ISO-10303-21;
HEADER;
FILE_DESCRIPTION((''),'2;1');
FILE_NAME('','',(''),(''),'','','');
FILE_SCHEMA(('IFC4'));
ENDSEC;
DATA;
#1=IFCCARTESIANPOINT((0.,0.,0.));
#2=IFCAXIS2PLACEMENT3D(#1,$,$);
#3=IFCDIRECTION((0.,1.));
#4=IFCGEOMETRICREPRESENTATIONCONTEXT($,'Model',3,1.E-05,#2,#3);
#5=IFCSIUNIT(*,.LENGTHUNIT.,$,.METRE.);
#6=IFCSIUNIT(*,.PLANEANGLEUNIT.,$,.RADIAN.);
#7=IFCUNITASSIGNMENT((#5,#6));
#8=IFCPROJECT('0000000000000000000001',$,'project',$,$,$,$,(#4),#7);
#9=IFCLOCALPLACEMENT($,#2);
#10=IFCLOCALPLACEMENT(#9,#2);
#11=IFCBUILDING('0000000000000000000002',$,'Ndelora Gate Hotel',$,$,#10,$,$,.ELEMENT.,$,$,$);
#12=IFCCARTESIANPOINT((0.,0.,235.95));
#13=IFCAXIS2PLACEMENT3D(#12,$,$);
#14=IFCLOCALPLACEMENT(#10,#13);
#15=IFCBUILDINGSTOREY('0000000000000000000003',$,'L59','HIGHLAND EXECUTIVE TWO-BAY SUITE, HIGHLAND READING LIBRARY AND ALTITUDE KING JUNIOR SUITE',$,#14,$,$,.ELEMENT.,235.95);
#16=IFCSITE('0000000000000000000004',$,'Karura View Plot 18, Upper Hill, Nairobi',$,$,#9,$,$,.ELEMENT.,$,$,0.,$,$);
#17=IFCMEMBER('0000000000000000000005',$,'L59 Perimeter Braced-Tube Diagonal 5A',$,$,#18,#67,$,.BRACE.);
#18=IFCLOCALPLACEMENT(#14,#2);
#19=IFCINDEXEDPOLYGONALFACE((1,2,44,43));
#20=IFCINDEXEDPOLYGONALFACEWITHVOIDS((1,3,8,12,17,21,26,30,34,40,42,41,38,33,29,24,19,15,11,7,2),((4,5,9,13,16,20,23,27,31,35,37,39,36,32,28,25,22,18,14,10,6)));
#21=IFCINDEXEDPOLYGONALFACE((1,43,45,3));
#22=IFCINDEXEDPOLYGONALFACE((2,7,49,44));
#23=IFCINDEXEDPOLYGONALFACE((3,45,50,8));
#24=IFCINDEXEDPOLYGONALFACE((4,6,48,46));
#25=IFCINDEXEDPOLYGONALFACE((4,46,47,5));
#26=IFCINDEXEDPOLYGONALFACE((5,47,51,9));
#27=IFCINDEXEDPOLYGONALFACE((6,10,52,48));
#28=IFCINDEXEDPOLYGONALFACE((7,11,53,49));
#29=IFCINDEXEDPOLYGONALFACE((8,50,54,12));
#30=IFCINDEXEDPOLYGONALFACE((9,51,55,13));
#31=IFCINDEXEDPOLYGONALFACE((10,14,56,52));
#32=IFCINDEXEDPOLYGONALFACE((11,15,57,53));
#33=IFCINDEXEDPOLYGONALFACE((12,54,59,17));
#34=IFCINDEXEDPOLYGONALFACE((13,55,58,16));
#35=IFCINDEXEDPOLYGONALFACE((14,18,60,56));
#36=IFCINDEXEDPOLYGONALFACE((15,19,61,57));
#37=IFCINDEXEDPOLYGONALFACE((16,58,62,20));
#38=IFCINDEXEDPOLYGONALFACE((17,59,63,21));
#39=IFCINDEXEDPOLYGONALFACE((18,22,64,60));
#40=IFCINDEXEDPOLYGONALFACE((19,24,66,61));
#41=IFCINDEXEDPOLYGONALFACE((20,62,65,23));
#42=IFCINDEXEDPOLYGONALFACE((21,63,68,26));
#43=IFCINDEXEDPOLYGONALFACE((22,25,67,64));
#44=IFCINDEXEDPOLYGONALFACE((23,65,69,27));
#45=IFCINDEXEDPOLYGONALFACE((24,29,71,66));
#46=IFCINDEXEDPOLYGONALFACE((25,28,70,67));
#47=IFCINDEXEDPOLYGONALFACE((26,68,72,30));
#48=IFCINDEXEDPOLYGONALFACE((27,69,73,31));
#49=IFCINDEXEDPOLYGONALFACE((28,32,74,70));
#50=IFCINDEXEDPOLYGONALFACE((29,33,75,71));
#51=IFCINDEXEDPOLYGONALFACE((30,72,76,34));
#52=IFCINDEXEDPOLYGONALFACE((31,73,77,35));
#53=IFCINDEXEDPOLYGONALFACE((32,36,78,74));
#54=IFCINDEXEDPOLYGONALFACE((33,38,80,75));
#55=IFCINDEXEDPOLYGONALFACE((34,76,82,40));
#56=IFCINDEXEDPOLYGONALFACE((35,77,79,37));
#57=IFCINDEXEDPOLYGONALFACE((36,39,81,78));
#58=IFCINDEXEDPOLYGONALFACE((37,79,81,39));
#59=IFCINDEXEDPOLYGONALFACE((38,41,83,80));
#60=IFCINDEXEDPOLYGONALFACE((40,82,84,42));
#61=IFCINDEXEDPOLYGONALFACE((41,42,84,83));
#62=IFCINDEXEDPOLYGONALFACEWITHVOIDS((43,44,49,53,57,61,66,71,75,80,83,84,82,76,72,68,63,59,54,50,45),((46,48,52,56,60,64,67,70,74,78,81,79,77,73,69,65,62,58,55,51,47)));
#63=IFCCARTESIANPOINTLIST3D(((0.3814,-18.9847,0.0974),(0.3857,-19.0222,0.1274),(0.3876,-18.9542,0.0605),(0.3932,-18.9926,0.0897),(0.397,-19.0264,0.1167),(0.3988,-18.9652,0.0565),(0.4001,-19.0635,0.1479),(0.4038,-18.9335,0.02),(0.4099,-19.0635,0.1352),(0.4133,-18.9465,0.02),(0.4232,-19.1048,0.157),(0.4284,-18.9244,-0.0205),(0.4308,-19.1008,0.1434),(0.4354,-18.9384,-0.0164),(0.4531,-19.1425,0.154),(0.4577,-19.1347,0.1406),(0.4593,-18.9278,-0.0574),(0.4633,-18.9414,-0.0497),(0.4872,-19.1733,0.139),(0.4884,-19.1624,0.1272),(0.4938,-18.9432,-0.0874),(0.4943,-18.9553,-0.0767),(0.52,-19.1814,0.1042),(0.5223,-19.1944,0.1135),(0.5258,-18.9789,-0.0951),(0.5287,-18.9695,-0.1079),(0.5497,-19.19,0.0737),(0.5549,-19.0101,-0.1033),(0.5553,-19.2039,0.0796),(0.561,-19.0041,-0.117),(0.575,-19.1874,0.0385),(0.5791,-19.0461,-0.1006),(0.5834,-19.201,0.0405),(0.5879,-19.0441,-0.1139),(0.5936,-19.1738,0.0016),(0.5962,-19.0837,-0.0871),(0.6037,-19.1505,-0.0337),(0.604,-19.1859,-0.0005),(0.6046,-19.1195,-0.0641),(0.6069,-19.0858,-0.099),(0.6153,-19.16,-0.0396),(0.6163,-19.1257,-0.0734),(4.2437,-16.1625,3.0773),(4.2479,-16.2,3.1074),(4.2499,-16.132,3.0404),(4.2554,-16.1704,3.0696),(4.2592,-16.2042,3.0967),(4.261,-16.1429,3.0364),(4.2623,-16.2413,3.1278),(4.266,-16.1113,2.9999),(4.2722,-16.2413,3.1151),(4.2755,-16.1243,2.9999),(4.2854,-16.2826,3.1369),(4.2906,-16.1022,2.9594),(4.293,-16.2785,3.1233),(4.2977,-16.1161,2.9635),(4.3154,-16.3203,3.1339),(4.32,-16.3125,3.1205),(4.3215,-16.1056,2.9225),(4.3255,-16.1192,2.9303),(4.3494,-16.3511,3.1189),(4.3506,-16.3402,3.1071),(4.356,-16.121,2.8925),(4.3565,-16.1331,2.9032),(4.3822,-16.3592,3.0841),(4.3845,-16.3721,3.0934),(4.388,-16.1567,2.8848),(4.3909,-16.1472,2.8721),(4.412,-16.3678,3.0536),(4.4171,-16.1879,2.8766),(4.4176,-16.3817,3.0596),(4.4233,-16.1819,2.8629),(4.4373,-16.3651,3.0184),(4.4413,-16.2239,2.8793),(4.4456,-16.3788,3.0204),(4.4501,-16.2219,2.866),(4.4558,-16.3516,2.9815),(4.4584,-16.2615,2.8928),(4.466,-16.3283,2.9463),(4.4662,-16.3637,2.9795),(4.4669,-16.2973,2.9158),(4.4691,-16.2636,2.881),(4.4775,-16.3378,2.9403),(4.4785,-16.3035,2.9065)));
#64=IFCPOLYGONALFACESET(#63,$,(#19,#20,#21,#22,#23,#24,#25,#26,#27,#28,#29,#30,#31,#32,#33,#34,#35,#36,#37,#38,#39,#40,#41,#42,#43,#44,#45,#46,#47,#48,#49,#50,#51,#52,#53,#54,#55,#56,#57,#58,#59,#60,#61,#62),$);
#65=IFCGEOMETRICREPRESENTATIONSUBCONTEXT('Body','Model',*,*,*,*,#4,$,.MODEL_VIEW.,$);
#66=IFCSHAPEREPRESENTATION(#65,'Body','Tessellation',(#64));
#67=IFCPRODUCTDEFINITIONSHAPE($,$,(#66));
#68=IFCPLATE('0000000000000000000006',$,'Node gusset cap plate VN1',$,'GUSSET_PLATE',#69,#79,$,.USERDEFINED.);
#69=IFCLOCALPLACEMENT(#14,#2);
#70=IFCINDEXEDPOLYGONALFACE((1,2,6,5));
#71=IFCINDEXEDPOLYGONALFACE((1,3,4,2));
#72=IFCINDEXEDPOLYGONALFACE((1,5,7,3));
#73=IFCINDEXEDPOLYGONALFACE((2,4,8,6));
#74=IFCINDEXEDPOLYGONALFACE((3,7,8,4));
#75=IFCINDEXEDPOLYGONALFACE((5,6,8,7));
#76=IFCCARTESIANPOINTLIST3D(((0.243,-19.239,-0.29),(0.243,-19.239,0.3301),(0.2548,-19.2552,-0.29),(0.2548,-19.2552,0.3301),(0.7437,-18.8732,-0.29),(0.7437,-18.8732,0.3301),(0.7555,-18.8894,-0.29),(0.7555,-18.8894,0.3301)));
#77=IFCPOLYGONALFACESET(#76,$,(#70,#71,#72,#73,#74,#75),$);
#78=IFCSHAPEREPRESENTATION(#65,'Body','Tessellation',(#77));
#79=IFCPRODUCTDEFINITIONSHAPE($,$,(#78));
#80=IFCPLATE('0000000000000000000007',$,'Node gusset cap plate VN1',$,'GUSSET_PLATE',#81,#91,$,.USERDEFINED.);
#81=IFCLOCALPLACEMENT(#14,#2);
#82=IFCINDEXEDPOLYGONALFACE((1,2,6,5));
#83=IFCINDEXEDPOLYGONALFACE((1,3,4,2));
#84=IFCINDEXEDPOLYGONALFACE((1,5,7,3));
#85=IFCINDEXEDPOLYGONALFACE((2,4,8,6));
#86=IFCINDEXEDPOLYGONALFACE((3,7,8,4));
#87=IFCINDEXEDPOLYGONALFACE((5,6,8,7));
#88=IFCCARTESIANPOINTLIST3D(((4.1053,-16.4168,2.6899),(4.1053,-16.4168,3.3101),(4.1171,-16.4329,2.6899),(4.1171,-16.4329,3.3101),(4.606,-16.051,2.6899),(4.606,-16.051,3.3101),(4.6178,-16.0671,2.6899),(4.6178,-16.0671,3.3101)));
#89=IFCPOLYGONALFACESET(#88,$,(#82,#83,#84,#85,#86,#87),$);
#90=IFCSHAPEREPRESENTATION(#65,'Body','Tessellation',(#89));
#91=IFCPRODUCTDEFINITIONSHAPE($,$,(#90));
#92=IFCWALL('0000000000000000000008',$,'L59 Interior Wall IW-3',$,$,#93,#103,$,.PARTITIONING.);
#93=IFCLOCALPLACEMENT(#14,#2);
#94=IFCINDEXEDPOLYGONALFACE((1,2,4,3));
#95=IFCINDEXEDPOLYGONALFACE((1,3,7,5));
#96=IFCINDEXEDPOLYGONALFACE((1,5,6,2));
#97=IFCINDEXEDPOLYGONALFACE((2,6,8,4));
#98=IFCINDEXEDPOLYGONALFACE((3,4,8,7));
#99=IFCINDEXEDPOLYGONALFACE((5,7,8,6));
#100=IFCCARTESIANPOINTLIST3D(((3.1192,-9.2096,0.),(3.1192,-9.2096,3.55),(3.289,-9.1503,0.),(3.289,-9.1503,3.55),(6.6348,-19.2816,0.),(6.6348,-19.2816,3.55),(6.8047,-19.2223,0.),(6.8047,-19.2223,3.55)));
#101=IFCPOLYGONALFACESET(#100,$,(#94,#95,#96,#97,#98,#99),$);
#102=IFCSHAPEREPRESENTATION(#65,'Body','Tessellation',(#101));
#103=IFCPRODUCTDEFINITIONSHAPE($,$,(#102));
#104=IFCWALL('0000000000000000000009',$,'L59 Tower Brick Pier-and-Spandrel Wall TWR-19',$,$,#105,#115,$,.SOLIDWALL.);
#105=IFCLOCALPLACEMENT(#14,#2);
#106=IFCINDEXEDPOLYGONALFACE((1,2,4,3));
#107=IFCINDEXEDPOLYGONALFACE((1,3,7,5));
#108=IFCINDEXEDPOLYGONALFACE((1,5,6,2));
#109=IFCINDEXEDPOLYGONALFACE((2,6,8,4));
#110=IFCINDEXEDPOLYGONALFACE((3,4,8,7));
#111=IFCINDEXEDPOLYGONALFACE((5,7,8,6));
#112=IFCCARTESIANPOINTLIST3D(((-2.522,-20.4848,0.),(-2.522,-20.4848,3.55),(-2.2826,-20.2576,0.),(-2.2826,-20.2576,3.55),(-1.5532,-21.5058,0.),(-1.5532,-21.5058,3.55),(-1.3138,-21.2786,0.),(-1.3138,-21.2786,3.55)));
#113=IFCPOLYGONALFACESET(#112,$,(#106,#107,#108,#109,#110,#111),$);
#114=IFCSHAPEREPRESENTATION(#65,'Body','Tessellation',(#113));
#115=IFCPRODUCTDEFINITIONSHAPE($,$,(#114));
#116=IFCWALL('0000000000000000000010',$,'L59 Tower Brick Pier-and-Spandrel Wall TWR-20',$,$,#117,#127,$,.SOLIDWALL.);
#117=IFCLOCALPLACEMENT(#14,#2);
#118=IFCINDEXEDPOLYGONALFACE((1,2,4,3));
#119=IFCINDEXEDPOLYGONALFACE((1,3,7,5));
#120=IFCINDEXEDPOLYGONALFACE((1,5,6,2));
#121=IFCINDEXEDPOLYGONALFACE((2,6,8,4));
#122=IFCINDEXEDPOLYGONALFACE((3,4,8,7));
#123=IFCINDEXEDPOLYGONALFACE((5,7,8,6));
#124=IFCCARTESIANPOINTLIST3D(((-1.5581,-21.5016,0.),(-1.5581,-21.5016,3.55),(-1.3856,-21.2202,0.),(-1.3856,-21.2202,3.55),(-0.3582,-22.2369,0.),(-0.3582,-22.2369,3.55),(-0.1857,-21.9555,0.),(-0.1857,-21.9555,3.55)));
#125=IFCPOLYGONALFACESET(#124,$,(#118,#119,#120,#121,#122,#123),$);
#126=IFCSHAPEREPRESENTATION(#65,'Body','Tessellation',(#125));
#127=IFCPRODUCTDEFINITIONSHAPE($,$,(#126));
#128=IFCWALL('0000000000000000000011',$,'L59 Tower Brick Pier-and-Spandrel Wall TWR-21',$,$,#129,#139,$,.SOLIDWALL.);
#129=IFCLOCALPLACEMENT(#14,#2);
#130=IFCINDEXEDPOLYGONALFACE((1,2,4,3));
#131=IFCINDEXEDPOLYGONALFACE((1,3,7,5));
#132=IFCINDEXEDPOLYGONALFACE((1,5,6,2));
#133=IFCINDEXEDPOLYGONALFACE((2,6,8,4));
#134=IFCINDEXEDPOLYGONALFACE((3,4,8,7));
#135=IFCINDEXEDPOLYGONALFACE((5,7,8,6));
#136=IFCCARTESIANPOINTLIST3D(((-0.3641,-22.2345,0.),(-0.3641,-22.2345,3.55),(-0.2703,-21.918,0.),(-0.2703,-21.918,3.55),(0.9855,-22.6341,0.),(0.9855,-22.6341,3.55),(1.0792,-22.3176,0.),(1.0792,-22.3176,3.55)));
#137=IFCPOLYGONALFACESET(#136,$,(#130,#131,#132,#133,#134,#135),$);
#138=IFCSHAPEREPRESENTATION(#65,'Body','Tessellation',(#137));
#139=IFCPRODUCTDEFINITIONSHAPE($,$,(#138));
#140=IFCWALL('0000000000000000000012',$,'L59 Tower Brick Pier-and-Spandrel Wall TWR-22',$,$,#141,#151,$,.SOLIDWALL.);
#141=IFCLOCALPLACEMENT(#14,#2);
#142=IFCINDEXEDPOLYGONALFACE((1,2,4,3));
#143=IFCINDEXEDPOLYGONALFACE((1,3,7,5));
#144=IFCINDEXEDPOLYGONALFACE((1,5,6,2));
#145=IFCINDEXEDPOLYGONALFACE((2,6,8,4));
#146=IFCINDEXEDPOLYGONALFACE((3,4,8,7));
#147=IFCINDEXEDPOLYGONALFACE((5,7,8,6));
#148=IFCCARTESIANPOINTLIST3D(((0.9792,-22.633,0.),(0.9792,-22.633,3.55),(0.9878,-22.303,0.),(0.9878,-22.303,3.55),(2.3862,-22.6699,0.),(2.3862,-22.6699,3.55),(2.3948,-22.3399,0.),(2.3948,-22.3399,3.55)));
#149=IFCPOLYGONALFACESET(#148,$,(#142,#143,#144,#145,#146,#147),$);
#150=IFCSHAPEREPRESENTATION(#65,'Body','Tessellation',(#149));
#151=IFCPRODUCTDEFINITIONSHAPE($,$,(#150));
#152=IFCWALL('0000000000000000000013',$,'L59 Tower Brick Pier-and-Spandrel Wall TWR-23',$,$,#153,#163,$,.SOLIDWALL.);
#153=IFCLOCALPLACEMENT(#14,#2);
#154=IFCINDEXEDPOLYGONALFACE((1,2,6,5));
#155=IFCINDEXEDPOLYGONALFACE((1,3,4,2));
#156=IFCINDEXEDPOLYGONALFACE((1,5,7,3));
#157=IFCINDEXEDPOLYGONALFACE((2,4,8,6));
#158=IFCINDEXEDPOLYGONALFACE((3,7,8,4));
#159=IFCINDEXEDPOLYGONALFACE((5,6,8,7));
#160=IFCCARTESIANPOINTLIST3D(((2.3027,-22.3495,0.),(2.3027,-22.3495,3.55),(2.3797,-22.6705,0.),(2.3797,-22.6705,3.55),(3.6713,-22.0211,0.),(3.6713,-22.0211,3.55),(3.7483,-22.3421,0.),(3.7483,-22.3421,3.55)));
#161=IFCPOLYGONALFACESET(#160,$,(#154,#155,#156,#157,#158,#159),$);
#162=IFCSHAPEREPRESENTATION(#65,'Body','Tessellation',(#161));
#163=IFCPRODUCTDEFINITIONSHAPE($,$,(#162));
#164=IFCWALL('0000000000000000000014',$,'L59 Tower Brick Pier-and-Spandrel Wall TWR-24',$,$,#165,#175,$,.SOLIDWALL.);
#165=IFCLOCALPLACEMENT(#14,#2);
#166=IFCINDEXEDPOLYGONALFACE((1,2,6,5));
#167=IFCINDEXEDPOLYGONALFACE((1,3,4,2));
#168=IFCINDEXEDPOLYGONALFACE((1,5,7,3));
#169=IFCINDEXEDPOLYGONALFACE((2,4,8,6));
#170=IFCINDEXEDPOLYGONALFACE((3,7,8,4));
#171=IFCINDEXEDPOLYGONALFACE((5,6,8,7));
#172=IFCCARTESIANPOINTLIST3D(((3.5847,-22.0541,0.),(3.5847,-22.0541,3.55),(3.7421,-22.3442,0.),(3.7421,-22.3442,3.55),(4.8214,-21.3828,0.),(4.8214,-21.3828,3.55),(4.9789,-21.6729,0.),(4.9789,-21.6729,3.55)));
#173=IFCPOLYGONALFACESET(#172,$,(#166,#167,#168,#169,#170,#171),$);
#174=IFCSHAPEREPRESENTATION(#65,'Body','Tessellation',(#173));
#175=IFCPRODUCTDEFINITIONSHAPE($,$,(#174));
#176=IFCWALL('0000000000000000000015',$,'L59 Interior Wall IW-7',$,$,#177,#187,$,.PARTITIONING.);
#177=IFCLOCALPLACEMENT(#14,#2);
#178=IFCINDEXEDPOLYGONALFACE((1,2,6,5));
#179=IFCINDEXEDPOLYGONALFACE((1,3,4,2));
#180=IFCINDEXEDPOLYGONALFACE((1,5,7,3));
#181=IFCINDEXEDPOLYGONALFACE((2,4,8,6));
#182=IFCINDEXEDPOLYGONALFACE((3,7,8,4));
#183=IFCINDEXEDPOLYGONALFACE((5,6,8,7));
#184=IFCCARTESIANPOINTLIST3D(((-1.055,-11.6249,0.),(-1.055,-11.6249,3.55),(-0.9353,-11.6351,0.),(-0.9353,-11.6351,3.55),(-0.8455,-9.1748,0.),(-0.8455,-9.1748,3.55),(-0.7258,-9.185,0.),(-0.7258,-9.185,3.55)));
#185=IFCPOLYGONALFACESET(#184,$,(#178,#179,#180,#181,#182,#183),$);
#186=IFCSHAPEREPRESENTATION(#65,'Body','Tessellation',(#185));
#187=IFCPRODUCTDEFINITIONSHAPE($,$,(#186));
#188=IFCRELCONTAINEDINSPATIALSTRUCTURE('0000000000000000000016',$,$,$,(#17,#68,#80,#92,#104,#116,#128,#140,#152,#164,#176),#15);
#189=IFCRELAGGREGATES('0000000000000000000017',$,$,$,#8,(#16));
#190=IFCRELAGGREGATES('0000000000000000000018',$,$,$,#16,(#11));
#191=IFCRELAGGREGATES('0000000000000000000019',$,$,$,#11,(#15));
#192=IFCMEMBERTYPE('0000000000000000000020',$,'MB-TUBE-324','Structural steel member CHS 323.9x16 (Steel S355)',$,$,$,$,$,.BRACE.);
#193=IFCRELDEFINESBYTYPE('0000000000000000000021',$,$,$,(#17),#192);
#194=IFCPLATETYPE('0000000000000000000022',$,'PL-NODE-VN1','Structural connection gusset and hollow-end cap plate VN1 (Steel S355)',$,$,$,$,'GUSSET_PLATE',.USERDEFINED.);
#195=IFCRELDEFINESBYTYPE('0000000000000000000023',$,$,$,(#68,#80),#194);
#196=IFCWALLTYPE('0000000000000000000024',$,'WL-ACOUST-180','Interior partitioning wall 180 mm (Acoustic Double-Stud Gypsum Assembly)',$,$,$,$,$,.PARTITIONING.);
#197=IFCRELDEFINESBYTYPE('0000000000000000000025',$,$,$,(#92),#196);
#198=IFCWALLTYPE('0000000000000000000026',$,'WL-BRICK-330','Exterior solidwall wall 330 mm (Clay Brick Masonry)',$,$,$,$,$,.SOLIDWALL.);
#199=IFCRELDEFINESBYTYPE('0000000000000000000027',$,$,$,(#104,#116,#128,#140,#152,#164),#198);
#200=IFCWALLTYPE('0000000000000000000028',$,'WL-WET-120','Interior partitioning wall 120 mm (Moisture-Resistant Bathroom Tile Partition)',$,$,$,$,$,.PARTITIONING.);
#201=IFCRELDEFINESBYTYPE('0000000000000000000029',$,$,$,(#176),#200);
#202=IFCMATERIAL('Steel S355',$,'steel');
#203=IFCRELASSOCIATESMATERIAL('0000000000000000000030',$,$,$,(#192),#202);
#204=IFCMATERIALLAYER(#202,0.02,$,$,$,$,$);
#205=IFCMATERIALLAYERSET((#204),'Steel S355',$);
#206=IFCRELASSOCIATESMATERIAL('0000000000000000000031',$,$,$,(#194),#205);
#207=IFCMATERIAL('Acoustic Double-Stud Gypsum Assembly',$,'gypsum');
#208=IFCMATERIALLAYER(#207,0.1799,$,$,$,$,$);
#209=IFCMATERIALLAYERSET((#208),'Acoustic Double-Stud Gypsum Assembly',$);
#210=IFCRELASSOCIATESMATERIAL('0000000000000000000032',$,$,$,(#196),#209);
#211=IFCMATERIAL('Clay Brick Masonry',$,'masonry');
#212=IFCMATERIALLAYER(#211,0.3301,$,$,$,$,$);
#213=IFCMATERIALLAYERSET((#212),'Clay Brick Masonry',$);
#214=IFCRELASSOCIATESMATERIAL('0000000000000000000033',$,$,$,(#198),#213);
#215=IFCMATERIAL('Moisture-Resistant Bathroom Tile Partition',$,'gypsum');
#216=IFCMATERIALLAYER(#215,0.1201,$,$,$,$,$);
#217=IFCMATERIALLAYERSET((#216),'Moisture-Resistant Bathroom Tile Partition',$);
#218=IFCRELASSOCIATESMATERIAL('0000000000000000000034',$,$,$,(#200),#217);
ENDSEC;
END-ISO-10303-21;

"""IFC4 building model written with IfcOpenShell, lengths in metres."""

from ifc_helpers import new_model, si_unit, direction, frame, frame_2d, origin, origin_2d, place, context, subcontext, project, spatial, rectangle, hollow_circle, extrude, material, layer, layer_set, material_profile, profile_set, type_object, element, save


model = new_model("IFC4")

# Units and contexts
model_context = context("Model", 3, precision=1e-05, world=origin(), true_north=direction((0.0, 1.0)))
body_context = subcontext(model_context, "Body", "Model", "MODEL_VIEW")
ifc_project = project(units=[si_unit("LENGTHUNIT", "METRE"), si_unit("PLANEANGLEUNIT", "RADIAN")], contexts=[model_context])

# Site, building, storey
site_placement = place(None, origin())
site = spatial("IfcSite", under=ifc_project, at=site_placement, Name="Karura View Plot 18, Upper Hill, Nairobi", CompositionType="ELEMENT", RefElevation=0.0)
building_placement = place(site_placement, origin())
building = spatial("IfcBuilding", under=site, at=building_placement, Name="Ndelora Gate Hotel", CompositionType="ELEMENT")
storey_placement = place(building_placement, frame((0.0, 0.0, 235.95)))
storey = spatial("IfcBuildingStorey", under=building, at=storey_placement, Name="L59", Description="HIGHLAND EXECUTIVE TWO-BAY SUITE, HIGHLAND READING LIBRARY AND ALTITUDE KING JUNIOR SUITE", CompositionType="ELEMENT", Elevation=235.95)

# Shared definitions
ifc_material_1 = material(Name="Steel S355", Category="steel")

# Member
ifc_material_profile_1 = material_profile(ifc_material_1, hollow_circle(Radius=0.1619, WallThickness=0.0161, at=origin_2d()), Name="CHS 323.9x16")
ifc_profile_set_1 = profile_set([ifc_material_profile_1], Name="Steel S355")
member_type = type_object("IfcMemberType", Name="MB-TUBE-324", Description="Structural steel member CHS 323.9x16 (Steel S355)", PredefinedType="BRACE", material=ifc_profile_set_1)
member_placement = place(storey_placement, frame((0.4993, -19.0642, 0.02), z_axis=(0.685309, 0.50077, 0.528754), x_axis=(-0.589991, 0.80741, 0.0)))
element("IfcMember", 1, at=member_placement, inside=storey, type_object=member_type, Name="L59 Perimeter Braced-Tube Diagonal 5A", PredefinedType="BRACE", context=body_context, shape_type="SweptSolid", body=[
    extrude(hollow_circle(Radius=0.1619, WallThickness=0.0161, at=origin_2d()), origin(), (0.0, 0.0, 1.0), 5.6357),
])

# Plates
ifc_layer_1 = layer(ifc_material_1, 0.02)
ifc_layer_set_1 = layer_set([ifc_layer_1], Name="Steel S355")
plate_type = type_object("IfcPlateType", Name="PL-NODE-VN1", Description="Structural connection gusset and hollow-end cap plate VN1 (Steel S355)", ElementType="GUSSET_PLATE", PredefinedType="USERDEFINED", material=ifc_layer_set_1)
for number, where, z_axis, x_axis, name in (
    (2, (0.4993, -19.0642, -0.29), (0.0, 0.0, 1.0), (0.807475, 0.589901, 0.0), "Node gusset cap plate VN1"),
    (3, (4.3616, -16.2419, 2.6899), (0.0, 0.0, 1.0), (0.807475, 0.589901, 0.0), "Node gusset cap plate VN1"),
):
    element("IfcPlate", number, at=place(storey_placement, frame(where, z_axis=z_axis, x_axis=x_axis)), inside=storey, type_object=plate_type, Name=name, ObjectType="GUSSET_PLATE", PredefinedType="USERDEFINED", context=body_context, shape_type="SweptSolid", body=[
        extrude(rectangle(XDim=0.6201, YDim=0.02, at=origin_2d()), origin(), (0.0, 0.0, 1.0), 0.6201),
    ])

# Walls
ifc_material_2 = material(Name="Acoustic Double-Stud Gypsum Assembly", Category="gypsum")
ifc_layer_2 = layer(ifc_material_2, 0.1799)
ifc_layer_set_2 = layer_set([ifc_layer_2], Name="Acoustic Double-Stud Gypsum Assembly")
wall_type_1 = type_object("IfcWallType", Name="WL-ACOUST-180", Description="Interior partitioning wall 180 mm (Acoustic Double-Stud Gypsum Assembly)", PredefinedType="PARTITIONING", material=ifc_layer_set_2)
wall_1_placement = place(storey_placement, frame((3.2041, -9.1799, 0.0), z_axis=(0.0, 0.0, 1.0), x_axis=(0.32955, -0.944138, 0.0)))
element("IfcWall", 4, at=wall_1_placement, inside=storey, type_object=wall_type_1, Name="L59 Interior Wall IW-3", PredefinedType="PARTITIONING", context=body_context, shape_type="SweptSolid", body=[
    extrude(rectangle(XDim=10.668, YDim=0.1799, at=frame_2d((5.334, 0.0))), origin(), (0.0, 0.0, 1.0), 3.55),
])
ifc_material_3 = material(Name="Clay Brick Masonry", Category="masonry")
ifc_layer_3 = layer(ifc_material_3, 0.3301)
ifc_layer_set_3 = layer_set([ifc_layer_3], Name="Clay Brick Masonry")
wall_type_2 = type_object("IfcWallType", Name="WL-BRICK-330", Description="Exterior solidwall wall 330 mm (Clay Brick Masonry)", PredefinedType="SOLIDWALL", material=ifc_layer_set_3)
wall_2_placement = place(storey_placement, frame((-1.4336, -21.3921, 0.0), z_axis=(0.0, 0.0, 1.0), x_axis=(-0.688303, 0.725424, 0.0)))
element("IfcWall", 5, at=wall_2_placement, inside=storey, type_object=wall_type_2, Name="L59 Tower Brick Pier-and-Spandrel Wall TWR-19", PredefinedType="SOLIDWALL", context=body_context, shape_type="SweptSolid", body=[
    extrude(rectangle(XDim=1.4075, YDim=0.3301, at=frame_2d((0.7036, 0.0))), origin(), (0.0, 0.0, 1.0), 3.55),
])
wall_3_placement = place(storey_placement, frame((-0.272, -22.0962, 0.0), z_axis=(0.0, 0.0, 1.0), x_axis=(-0.852634, 0.522509, 0.0)))
element("IfcWall", 6, at=wall_3_placement, inside=storey, type_object=wall_type_2, Name="L59 Tower Brick Pier-and-Spandrel Wall TWR-20", PredefinedType="SOLIDWALL", context=body_context, shape_type="SweptSolid", body=[
    extrude(rectangle(XDim=1.4072, YDim=0.3301, at=frame_2d((0.7036, 0.0))), origin(), (0.0, 0.0, 1.0), 3.55),
])
for number, where, z_axis, x_axis, name in (
    (7, (1.0322, -22.4758, 0.0), (0.0, 0.0, 1.0), (-0.958842, 0.283941, 0.0), "L59 Tower Brick Pier-and-Spandrel Wall TWR-21"),
    (8, (2.3904, -22.5049, 0.0), (0.0, 0.0, 1.0), (-0.999657, 0.026193, 0.0), "L59 Tower Brick Pier-and-Spandrel Wall TWR-22"),
    (9, (3.7097, -22.1816, 0.0), (0.0, 0.0, 1.0), (-0.972405, -0.233301, 0.0), "L59 Tower Brick Pier-and-Spandrel Wall TWR-23"),
):
    element("IfcWall", number, at=place(storey_placement, frame(where, z_axis=z_axis, x_axis=x_axis)), inside=storey, type_object=wall_type_2, Name=name, PredefinedType="SOLIDWALL", context=body_context, shape_type="SweptSolid", body=[
        extrude(rectangle(XDim=1.4075, YDim=0.3301, at=frame_2d((0.7036, 0.0))), origin(), (0.0, 0.0, 1.0), 3.55),
    ])
wall_4_placement = place(storey_placement, frame((4.9001, -21.5278, 0.0), z_axis=(0.0, 0.0, 1.0), x_axis=(-0.878862, -0.477077, 0.0)))
element("IfcWall", 10, at=wall_4_placement, inside=storey, type_object=wall_type_2, Name="L59 Tower Brick Pier-and-Spandrel Wall TWR-24", PredefinedType="SOLIDWALL", context=body_context, shape_type="SweptSolid", body=[
    extrude(rectangle(XDim=1.4072, YDim=0.3301, at=frame_2d((0.7036, 0.0))), origin(), (0.0, 0.0, 1.0), 3.55),
])
ifc_material_4 = material(Name="Moisture-Resistant Bathroom Tile Partition", Category="gypsum")
ifc_layer_4 = layer(ifc_material_4, 0.1201)
ifc_layer_set_4 = layer_set([ifc_layer_4], Name="Moisture-Resistant Bathroom Tile Partition")
wall_type_3 = type_object("IfcWallType", Name="WL-WET-120", Description="Interior partitioning wall 120 mm (Moisture-Resistant Bathroom Tile Partition)", PredefinedType="PARTITIONING", material=ifc_layer_set_4)
wall_5_placement = place(storey_placement, frame((-0.7856, -9.1799, 0.0), z_axis=(0.0, 0.0, 1.0), x_axis=(-0.08519, -0.996365, 0.0)))
element("IfcWall", 11, at=wall_5_placement, inside=storey, type_object=wall_type_3, Name="L59 Interior Wall IW-7", PredefinedType="PARTITIONING", context=body_context, shape_type="SweptSolid", body=[
    extrude(rectangle(XDim=2.459, YDim=0.1201, at=frame_2d((1.2295, 0.0))), origin(), (0.0, 0.0, 1.0), 3.55),
])

save(model, "model.ifc")
